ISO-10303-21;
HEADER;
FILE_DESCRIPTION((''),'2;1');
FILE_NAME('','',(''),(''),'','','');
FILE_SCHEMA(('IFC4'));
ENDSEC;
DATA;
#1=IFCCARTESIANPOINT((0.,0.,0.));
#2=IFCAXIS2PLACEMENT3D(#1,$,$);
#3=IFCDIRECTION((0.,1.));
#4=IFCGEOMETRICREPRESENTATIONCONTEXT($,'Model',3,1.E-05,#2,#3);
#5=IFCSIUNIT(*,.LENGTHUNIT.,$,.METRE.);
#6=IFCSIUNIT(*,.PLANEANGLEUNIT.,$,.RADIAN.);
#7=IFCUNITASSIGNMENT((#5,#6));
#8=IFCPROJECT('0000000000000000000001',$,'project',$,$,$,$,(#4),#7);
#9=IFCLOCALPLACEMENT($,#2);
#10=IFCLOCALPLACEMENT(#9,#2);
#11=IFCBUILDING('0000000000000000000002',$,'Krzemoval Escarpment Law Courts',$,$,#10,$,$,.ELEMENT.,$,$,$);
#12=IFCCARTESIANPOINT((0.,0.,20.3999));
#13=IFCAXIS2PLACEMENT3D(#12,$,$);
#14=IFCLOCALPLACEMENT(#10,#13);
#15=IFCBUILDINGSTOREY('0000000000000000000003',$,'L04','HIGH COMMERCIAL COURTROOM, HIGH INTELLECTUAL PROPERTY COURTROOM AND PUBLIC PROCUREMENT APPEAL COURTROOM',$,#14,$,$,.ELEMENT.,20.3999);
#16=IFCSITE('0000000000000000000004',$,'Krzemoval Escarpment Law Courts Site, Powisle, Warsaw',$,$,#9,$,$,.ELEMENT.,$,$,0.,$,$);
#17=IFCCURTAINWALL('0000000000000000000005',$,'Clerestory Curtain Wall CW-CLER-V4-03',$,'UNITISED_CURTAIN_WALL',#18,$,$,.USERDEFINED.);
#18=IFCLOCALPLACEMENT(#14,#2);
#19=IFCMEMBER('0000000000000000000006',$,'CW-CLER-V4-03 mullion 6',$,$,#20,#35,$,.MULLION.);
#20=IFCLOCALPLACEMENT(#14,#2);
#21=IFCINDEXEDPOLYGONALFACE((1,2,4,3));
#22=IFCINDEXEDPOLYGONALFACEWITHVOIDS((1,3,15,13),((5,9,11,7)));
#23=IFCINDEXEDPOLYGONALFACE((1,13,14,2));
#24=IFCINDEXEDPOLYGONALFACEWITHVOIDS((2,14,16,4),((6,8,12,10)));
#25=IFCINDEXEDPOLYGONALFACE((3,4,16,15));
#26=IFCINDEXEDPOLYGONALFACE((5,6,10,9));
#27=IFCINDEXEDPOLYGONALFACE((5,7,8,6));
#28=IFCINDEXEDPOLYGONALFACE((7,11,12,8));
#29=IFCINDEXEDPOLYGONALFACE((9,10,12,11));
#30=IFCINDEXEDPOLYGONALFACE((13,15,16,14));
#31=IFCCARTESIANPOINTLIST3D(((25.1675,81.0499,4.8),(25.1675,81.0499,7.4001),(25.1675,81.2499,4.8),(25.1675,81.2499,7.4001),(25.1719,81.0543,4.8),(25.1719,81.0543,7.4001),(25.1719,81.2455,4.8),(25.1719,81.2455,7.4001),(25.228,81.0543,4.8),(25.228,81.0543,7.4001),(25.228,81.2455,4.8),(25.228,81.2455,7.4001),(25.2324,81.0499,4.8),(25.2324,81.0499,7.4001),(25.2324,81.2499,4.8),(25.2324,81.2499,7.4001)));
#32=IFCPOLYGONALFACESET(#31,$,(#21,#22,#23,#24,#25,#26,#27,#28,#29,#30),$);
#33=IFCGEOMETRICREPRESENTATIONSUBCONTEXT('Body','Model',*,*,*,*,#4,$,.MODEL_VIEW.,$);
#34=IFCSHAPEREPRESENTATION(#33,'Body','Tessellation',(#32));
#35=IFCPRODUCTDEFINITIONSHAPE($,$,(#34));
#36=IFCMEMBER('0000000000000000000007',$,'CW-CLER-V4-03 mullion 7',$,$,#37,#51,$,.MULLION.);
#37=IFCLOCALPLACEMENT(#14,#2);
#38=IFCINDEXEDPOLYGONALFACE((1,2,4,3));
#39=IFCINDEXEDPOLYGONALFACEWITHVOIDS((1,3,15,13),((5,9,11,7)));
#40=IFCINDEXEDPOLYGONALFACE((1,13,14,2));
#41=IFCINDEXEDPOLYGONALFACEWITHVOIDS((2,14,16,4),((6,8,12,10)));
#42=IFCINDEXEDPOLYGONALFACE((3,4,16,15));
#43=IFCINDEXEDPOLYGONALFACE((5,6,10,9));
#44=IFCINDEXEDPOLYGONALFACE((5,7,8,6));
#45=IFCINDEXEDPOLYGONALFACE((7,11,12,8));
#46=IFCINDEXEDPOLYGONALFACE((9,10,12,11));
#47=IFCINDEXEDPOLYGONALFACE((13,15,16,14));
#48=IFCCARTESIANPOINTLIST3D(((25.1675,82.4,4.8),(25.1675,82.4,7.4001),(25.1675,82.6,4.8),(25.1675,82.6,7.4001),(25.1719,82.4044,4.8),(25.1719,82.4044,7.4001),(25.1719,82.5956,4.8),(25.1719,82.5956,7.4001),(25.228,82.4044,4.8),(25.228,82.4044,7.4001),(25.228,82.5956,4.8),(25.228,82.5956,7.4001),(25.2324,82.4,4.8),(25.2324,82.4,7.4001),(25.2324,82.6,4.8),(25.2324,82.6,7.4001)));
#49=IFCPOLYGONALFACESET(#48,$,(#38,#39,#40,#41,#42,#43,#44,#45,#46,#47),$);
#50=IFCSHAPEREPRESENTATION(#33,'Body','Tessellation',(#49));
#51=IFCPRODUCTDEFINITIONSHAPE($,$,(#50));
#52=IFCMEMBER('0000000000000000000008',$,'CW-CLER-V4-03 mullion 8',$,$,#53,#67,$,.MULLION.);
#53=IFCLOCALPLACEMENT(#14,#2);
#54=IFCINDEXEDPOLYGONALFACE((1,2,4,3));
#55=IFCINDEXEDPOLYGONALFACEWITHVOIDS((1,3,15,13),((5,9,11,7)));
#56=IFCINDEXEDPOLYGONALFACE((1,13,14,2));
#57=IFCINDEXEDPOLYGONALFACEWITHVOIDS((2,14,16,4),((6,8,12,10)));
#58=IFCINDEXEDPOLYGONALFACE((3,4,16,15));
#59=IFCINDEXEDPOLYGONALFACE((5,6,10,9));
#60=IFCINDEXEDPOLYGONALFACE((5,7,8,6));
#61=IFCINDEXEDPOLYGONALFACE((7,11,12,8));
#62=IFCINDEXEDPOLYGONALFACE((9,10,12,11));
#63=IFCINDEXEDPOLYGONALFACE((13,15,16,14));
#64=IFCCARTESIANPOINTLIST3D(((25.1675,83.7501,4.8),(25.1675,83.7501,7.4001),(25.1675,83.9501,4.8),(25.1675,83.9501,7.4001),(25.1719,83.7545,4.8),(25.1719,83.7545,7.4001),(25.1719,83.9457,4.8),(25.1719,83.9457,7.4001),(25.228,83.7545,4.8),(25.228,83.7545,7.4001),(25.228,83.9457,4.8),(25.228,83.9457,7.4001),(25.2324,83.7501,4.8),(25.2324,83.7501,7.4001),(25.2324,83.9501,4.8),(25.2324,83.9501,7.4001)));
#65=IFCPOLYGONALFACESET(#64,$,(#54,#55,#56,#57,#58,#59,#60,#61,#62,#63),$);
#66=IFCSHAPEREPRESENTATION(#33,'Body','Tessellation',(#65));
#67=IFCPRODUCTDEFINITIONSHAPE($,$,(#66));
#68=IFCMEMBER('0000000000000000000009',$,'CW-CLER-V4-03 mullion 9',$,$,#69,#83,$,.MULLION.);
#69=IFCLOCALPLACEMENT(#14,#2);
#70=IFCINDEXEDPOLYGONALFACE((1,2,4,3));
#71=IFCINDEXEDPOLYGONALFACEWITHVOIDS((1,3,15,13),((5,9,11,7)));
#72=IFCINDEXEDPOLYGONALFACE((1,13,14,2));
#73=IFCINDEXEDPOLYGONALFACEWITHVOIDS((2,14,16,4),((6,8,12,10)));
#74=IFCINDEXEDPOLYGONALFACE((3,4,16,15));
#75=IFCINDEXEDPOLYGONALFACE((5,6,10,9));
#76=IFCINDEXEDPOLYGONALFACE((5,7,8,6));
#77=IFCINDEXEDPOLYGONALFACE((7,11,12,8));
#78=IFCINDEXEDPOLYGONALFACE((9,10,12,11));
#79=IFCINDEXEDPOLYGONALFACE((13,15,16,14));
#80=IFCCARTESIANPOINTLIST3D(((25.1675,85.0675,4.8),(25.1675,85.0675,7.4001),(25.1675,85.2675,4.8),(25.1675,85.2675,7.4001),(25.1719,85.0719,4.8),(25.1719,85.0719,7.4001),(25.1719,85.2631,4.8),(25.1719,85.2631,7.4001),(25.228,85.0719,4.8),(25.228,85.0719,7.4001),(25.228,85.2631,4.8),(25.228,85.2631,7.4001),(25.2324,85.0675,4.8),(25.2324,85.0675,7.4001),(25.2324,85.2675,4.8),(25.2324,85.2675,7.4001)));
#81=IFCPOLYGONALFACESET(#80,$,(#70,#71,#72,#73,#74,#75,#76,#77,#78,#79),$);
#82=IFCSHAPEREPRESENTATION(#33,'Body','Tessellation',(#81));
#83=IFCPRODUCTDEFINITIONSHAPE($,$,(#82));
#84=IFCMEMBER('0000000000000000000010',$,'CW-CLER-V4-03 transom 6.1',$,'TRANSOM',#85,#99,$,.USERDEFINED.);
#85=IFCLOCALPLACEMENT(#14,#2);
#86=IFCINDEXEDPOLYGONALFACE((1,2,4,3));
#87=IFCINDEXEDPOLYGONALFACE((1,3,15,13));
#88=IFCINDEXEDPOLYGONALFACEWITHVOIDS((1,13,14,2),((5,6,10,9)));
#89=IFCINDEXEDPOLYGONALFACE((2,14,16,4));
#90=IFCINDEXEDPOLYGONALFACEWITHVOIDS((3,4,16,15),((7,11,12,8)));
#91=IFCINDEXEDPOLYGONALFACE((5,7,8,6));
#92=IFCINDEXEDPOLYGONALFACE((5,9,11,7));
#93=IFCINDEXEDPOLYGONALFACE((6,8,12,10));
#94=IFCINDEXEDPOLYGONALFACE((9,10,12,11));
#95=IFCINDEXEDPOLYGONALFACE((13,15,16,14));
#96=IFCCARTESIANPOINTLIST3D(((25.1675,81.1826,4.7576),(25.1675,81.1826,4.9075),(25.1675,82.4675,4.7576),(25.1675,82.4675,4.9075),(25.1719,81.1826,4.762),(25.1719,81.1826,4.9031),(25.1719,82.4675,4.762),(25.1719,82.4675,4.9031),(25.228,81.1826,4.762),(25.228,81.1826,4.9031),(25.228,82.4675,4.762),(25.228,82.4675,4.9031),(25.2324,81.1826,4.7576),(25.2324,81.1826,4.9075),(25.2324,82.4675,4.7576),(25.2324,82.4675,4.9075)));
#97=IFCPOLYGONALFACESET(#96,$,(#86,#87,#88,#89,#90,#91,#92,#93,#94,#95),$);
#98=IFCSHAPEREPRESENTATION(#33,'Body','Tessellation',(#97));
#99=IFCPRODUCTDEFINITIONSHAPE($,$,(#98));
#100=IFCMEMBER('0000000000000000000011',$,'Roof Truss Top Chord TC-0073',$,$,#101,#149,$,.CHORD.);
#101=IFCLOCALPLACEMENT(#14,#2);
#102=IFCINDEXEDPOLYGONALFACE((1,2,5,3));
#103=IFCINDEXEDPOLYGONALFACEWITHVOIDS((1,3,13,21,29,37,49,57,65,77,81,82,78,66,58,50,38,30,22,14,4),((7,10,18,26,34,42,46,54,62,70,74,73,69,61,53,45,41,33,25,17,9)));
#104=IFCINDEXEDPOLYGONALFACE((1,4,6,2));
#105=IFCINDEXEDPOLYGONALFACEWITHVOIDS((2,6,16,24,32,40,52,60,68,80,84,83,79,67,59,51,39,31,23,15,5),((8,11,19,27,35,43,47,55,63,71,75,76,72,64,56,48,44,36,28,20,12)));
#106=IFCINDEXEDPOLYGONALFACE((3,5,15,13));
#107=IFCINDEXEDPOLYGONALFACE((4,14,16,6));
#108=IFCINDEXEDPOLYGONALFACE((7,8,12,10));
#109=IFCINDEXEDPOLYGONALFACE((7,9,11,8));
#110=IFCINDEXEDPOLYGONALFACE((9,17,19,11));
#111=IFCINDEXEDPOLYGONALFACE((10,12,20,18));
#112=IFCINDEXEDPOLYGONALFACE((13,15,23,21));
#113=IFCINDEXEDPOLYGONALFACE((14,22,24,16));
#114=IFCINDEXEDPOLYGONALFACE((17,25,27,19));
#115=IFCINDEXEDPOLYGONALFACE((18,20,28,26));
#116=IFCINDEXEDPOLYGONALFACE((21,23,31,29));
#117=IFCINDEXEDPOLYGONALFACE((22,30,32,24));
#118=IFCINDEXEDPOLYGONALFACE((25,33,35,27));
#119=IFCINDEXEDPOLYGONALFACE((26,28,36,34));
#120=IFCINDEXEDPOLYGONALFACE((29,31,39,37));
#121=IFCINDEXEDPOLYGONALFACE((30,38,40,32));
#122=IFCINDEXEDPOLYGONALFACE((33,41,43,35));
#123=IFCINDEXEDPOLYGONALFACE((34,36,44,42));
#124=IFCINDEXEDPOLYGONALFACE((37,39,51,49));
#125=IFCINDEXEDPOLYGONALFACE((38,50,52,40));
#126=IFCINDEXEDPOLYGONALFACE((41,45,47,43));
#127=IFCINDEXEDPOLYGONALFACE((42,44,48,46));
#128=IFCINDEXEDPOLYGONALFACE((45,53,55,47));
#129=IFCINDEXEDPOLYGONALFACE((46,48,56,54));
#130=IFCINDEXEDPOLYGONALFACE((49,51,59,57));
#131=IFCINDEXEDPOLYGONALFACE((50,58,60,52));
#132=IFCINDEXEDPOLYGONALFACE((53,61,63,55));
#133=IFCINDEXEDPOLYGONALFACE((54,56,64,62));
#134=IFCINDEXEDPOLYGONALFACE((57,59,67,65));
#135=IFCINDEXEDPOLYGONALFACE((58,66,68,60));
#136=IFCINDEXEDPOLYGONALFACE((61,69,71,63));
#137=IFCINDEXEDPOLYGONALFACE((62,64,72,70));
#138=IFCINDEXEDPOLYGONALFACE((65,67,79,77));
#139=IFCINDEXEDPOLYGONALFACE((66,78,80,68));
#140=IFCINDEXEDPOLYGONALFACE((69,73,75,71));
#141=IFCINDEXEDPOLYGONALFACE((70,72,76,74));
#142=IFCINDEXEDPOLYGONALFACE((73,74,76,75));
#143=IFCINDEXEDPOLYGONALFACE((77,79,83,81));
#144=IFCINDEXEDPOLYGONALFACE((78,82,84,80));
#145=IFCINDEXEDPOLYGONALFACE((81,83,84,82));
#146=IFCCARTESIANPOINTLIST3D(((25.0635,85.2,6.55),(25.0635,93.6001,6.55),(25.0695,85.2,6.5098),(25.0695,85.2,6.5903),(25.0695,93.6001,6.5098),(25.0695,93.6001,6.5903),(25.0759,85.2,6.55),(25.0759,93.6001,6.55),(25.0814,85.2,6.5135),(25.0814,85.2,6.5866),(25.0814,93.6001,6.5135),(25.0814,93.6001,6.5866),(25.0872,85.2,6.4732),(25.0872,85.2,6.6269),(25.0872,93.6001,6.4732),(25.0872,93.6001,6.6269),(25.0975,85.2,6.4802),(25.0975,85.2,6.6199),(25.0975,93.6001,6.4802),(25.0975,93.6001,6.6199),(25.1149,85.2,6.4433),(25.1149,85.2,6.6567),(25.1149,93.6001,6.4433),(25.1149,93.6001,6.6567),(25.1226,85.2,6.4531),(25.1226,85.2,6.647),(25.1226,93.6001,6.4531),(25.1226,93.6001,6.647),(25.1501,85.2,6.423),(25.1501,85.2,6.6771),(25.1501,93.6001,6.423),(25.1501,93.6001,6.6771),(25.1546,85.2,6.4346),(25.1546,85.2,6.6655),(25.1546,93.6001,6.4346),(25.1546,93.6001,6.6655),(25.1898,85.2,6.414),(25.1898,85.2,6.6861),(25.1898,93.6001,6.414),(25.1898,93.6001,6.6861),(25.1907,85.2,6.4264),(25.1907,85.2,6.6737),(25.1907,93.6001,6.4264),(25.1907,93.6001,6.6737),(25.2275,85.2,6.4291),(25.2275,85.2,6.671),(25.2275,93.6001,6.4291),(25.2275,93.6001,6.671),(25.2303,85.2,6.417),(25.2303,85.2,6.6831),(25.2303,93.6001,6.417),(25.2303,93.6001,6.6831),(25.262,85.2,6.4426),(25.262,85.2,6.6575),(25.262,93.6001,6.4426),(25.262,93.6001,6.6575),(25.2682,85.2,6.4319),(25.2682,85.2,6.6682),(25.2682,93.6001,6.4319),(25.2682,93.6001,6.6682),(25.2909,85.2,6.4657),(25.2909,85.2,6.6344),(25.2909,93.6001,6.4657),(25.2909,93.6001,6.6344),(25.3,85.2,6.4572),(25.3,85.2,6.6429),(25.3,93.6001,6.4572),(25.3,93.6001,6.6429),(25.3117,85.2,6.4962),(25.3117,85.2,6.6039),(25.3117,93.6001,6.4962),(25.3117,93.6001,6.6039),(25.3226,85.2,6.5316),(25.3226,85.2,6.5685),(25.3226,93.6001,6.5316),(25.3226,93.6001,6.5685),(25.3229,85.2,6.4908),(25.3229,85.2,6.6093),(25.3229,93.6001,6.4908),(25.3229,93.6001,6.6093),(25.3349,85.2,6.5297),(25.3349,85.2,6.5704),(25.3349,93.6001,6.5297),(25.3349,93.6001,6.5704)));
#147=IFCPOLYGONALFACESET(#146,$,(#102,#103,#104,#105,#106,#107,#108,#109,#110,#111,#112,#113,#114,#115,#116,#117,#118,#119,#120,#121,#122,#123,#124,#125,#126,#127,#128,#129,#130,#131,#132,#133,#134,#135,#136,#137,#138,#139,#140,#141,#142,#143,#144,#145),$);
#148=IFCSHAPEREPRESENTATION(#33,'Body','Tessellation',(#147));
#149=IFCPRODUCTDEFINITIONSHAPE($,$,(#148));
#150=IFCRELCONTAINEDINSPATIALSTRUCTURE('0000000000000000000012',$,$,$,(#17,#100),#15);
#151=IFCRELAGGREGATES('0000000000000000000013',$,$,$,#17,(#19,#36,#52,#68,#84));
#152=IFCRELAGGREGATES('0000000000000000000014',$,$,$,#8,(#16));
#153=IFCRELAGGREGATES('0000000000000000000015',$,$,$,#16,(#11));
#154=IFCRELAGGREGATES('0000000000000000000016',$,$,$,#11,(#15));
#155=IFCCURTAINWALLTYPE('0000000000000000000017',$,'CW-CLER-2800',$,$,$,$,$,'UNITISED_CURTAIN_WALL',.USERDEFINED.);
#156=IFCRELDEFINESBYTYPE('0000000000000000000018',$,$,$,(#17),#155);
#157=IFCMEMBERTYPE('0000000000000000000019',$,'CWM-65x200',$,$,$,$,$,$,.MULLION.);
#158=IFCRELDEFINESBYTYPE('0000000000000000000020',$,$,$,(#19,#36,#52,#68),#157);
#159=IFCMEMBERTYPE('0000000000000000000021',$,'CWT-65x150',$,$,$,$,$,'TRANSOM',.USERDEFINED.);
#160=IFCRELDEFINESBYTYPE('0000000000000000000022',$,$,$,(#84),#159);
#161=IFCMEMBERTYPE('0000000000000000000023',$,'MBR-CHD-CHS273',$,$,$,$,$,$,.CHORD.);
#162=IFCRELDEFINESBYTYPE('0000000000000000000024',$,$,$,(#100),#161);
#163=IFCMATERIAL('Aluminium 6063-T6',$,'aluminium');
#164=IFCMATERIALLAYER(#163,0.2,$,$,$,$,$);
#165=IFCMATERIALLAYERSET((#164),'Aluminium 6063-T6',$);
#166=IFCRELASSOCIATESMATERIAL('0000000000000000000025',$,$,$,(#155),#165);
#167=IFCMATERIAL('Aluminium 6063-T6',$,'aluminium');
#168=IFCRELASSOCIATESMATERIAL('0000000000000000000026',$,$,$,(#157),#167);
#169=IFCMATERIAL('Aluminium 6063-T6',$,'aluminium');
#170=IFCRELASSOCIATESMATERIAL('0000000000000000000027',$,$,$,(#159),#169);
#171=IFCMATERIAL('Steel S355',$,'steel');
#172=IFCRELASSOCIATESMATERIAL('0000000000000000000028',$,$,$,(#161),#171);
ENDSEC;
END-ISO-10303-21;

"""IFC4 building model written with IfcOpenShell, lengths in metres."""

from ifc_helpers import new_model, si_unit, direction, frame, origin, origin_2d, place, context, subcontext, project, spatial, hollow_rectangle, hollow_circle, extrude, material, layer, layer_set, material_profile, profile_set, type_object, element, aggregate, save


model = new_model("IFC4")

# Units and contexts
model_context = context("Model", 3, precision=1e-05, world=origin(), true_north=direction((0.0, 1.0)))
body_context = subcontext(model_context, "Body", "Model", "MODEL_VIEW")
ifc_project = project(units=[si_unit("LENGTHUNIT", "METRE"), si_unit("PLANEANGLEUNIT", "RADIAN")], contexts=[model_context])

# Site, building, storey
site_placement = place(None, origin())
site = spatial("IfcSite", under=ifc_project, at=site_placement, Name="Krzemoval Escarpment Law Courts Site, Powisle, Warsaw", CompositionType="ELEMENT", RefElevation=0.0)
building_placement = place(site_placement, origin())
building = spatial("IfcBuilding", under=site, at=building_placement, Name="Krzemoval Escarpment Law Courts", CompositionType="ELEMENT")
storey_placement = place(building_placement, frame((0.0, 0.0, 20.3999)))
storey = spatial("IfcBuildingStorey", under=building, at=storey_placement, Name="L04", Description="HIGH COMMERCIAL COURTROOM, HIGH INTELLECTUAL PROPERTY COURTROOM AND PUBLIC PROCUREMENT APPEAL COURTROOM", CompositionType="ELEMENT", Elevation=20.3999)

# Curtain wall, members
ifc_material_1 = material(Name="Aluminium 6063-T6", Category="aluminium")
ifc_layer_1 = layer(ifc_material_1, 0.2)
ifc_layer_set_1 = layer_set([ifc_layer_1], Name="Aluminium 6063-T6")
curtain_wall_type = type_object("IfcCurtainWallType", Name="CW-CLER-2800", ElementType="UNITISED_CURTAIN_WALL", PredefinedType="USERDEFINED", material=ifc_layer_set_1)
curtain_wall_placement = place(storey_placement, origin())
curtain_wall = element("IfcCurtainWall", 1, at=curtain_wall_placement, inside=storey, type_object=curtain_wall_type, Name="Clerestory Curtain Wall CW-CLER-V4-03", ObjectType="UNITISED_CURTAIN_WALL", PredefinedType="USERDEFINED")
ifc_material_2 = material(Name="Aluminium 6063-T6", Category="aluminium")
ifc_material_profile_1 = material_profile(ifc_material_2, hollow_rectangle(XDim=0.0649, YDim=0.2, WallThickness=0.0044, at=origin_2d()), Name="ALU M65x200")
ifc_profile_set_1 = profile_set([ifc_material_profile_1], Name="Aluminium 6063-T6")
member_type_1 = type_object("IfcMemberType", Name="CWM-65x200", PredefinedType="MULLION", material=ifc_profile_set_1)
member_1_placement = place(storey_placement, frame((25.2, 81.1499, 4.8), z_axis=(0.0, 0.0, 1.0), x_axis=(-1.0, 0.0, 0.0)))
member_1 = element("IfcMember", 2, at=member_1_placement, type_object=member_type_1, Name="CW-CLER-V4-03 mullion 6", PredefinedType="MULLION", context=body_context, shape_type="SweptSolid", body=[
    extrude(hollow_rectangle(XDim=0.0649, YDim=0.2, WallThickness=0.0044, at=origin_2d()), origin(), (0.0, 0.0, 1.0), 2.6001),
])
member_2_placement = place(storey_placement, frame((25.2, 82.5, 4.8), z_axis=(0.0, 0.0, 1.0), x_axis=(-1.0, 0.0, 0.0)))
member_2 = element("IfcMember", 3, at=member_2_placement, type_object=member_type_1, Name="CW-CLER-V4-03 mullion 7", PredefinedType="MULLION", context=body_context, shape_type="SweptSolid", body=[
    extrude(hollow_rectangle(XDim=0.0649, YDim=0.2, WallThickness=0.0044, at=origin_2d()), origin(), (0.0, 0.0, 1.0), 2.6001),
])
member_3_placement = place(storey_placement, frame((25.2, 83.8501, 4.8), z_axis=(0.0, 0.0, 1.0), x_axis=(-1.0, 0.0, 0.0)))
member_3 = element("IfcMember", 4, at=member_3_placement, type_object=member_type_1, Name="CW-CLER-V4-03 mullion 8", PredefinedType="MULLION", context=body_context, shape_type="SweptSolid", body=[
    extrude(hollow_rectangle(XDim=0.0649, YDim=0.2, WallThickness=0.0044, at=origin_2d()), origin(), (0.0, 0.0, 1.0), 2.6001),
])
member_4_placement = place(storey_placement, frame((25.2, 85.1675, 4.8), z_axis=(0.0, 0.0, 1.0), x_axis=(-1.0, 0.0, 0.0)))
member_4 = element("IfcMember", 5, at=member_4_placement, type_object=member_type_1, Name="CW-CLER-V4-03 mullion 9", PredefinedType="MULLION", context=body_context, shape_type="SweptSolid", body=[
    extrude(hollow_rectangle(XDim=0.0649, YDim=0.2, WallThickness=0.0044, at=origin_2d()), origin(), (0.0, 0.0, 1.0), 2.6001),
])
ifc_material_3 = material(Name="Aluminium 6063-T6", Category="aluminium")
ifc_material_profile_2 = material_profile(ifc_material_3, hollow_rectangle(XDim=0.0649, YDim=0.1499, WallThickness=0.0044, at=origin_2d()), Name="ALU T65x150")
ifc_profile_set_2 = profile_set([ifc_material_profile_2], Name="Aluminium 6063-T6")
member_type_2 = type_object("IfcMemberType", Name="CWT-65x150", ElementType="TRANSOM", PredefinedType="USERDEFINED", material=ifc_profile_set_2)
member_5_placement = place(storey_placement, frame((25.2, 81.1826, 4.8325), z_axis=(0.0, 1.0, 0.0), x_axis=(-1.0, 0.0, 0.0)))
member_5 = element("IfcMember", 6, at=member_5_placement, type_object=member_type_2, Name="CW-CLER-V4-03 transom 6.1", ObjectType="TRANSOM", PredefinedType="USERDEFINED", context=body_context, shape_type="SweptSolid", body=[
    extrude(hollow_rectangle(XDim=0.0649, YDim=0.1499, WallThickness=0.0044, at=origin_2d()), origin(), (0.0, 0.0, 1.0), 1.2849),
])

# Member
ifc_material_4 = material(Name="Steel S355", Category="steel")
ifc_material_profile_3 = material_profile(ifc_material_4, hollow_circle(Radius=0.1365, WallThickness=0.0125, at=origin_2d()), Name="CHS 273x12.5")
ifc_profile_set_3 = profile_set([ifc_material_profile_3], Name="Steel S355")
member_type_3 = type_object("IfcMemberType", Name="MBR-CHD-CHS273", PredefinedType="CHORD", material=ifc_profile_set_3)
member_6_placement = place(storey_placement, frame((25.2, 85.2, 6.55), z_axis=(0.0, 1.0, 0.0), x_axis=(-1.0, 0.0, 0.0)))
element("IfcMember", 7, at=member_6_placement, inside=storey, type_object=member_type_3, Name="Roof Truss Top Chord TC-0073", PredefinedType="CHORD", context=body_context, shape_type="SweptSolid", body=[
    extrude(hollow_circle(Radius=0.1365, WallThickness=0.0125, at=origin_2d()), origin(), (0.0, 0.0, 1.0), 8.4001),
])

aggregate(curtain_wall, [member_1, member_2, member_3, member_4, member_5])

save(model, "model.ifc")
